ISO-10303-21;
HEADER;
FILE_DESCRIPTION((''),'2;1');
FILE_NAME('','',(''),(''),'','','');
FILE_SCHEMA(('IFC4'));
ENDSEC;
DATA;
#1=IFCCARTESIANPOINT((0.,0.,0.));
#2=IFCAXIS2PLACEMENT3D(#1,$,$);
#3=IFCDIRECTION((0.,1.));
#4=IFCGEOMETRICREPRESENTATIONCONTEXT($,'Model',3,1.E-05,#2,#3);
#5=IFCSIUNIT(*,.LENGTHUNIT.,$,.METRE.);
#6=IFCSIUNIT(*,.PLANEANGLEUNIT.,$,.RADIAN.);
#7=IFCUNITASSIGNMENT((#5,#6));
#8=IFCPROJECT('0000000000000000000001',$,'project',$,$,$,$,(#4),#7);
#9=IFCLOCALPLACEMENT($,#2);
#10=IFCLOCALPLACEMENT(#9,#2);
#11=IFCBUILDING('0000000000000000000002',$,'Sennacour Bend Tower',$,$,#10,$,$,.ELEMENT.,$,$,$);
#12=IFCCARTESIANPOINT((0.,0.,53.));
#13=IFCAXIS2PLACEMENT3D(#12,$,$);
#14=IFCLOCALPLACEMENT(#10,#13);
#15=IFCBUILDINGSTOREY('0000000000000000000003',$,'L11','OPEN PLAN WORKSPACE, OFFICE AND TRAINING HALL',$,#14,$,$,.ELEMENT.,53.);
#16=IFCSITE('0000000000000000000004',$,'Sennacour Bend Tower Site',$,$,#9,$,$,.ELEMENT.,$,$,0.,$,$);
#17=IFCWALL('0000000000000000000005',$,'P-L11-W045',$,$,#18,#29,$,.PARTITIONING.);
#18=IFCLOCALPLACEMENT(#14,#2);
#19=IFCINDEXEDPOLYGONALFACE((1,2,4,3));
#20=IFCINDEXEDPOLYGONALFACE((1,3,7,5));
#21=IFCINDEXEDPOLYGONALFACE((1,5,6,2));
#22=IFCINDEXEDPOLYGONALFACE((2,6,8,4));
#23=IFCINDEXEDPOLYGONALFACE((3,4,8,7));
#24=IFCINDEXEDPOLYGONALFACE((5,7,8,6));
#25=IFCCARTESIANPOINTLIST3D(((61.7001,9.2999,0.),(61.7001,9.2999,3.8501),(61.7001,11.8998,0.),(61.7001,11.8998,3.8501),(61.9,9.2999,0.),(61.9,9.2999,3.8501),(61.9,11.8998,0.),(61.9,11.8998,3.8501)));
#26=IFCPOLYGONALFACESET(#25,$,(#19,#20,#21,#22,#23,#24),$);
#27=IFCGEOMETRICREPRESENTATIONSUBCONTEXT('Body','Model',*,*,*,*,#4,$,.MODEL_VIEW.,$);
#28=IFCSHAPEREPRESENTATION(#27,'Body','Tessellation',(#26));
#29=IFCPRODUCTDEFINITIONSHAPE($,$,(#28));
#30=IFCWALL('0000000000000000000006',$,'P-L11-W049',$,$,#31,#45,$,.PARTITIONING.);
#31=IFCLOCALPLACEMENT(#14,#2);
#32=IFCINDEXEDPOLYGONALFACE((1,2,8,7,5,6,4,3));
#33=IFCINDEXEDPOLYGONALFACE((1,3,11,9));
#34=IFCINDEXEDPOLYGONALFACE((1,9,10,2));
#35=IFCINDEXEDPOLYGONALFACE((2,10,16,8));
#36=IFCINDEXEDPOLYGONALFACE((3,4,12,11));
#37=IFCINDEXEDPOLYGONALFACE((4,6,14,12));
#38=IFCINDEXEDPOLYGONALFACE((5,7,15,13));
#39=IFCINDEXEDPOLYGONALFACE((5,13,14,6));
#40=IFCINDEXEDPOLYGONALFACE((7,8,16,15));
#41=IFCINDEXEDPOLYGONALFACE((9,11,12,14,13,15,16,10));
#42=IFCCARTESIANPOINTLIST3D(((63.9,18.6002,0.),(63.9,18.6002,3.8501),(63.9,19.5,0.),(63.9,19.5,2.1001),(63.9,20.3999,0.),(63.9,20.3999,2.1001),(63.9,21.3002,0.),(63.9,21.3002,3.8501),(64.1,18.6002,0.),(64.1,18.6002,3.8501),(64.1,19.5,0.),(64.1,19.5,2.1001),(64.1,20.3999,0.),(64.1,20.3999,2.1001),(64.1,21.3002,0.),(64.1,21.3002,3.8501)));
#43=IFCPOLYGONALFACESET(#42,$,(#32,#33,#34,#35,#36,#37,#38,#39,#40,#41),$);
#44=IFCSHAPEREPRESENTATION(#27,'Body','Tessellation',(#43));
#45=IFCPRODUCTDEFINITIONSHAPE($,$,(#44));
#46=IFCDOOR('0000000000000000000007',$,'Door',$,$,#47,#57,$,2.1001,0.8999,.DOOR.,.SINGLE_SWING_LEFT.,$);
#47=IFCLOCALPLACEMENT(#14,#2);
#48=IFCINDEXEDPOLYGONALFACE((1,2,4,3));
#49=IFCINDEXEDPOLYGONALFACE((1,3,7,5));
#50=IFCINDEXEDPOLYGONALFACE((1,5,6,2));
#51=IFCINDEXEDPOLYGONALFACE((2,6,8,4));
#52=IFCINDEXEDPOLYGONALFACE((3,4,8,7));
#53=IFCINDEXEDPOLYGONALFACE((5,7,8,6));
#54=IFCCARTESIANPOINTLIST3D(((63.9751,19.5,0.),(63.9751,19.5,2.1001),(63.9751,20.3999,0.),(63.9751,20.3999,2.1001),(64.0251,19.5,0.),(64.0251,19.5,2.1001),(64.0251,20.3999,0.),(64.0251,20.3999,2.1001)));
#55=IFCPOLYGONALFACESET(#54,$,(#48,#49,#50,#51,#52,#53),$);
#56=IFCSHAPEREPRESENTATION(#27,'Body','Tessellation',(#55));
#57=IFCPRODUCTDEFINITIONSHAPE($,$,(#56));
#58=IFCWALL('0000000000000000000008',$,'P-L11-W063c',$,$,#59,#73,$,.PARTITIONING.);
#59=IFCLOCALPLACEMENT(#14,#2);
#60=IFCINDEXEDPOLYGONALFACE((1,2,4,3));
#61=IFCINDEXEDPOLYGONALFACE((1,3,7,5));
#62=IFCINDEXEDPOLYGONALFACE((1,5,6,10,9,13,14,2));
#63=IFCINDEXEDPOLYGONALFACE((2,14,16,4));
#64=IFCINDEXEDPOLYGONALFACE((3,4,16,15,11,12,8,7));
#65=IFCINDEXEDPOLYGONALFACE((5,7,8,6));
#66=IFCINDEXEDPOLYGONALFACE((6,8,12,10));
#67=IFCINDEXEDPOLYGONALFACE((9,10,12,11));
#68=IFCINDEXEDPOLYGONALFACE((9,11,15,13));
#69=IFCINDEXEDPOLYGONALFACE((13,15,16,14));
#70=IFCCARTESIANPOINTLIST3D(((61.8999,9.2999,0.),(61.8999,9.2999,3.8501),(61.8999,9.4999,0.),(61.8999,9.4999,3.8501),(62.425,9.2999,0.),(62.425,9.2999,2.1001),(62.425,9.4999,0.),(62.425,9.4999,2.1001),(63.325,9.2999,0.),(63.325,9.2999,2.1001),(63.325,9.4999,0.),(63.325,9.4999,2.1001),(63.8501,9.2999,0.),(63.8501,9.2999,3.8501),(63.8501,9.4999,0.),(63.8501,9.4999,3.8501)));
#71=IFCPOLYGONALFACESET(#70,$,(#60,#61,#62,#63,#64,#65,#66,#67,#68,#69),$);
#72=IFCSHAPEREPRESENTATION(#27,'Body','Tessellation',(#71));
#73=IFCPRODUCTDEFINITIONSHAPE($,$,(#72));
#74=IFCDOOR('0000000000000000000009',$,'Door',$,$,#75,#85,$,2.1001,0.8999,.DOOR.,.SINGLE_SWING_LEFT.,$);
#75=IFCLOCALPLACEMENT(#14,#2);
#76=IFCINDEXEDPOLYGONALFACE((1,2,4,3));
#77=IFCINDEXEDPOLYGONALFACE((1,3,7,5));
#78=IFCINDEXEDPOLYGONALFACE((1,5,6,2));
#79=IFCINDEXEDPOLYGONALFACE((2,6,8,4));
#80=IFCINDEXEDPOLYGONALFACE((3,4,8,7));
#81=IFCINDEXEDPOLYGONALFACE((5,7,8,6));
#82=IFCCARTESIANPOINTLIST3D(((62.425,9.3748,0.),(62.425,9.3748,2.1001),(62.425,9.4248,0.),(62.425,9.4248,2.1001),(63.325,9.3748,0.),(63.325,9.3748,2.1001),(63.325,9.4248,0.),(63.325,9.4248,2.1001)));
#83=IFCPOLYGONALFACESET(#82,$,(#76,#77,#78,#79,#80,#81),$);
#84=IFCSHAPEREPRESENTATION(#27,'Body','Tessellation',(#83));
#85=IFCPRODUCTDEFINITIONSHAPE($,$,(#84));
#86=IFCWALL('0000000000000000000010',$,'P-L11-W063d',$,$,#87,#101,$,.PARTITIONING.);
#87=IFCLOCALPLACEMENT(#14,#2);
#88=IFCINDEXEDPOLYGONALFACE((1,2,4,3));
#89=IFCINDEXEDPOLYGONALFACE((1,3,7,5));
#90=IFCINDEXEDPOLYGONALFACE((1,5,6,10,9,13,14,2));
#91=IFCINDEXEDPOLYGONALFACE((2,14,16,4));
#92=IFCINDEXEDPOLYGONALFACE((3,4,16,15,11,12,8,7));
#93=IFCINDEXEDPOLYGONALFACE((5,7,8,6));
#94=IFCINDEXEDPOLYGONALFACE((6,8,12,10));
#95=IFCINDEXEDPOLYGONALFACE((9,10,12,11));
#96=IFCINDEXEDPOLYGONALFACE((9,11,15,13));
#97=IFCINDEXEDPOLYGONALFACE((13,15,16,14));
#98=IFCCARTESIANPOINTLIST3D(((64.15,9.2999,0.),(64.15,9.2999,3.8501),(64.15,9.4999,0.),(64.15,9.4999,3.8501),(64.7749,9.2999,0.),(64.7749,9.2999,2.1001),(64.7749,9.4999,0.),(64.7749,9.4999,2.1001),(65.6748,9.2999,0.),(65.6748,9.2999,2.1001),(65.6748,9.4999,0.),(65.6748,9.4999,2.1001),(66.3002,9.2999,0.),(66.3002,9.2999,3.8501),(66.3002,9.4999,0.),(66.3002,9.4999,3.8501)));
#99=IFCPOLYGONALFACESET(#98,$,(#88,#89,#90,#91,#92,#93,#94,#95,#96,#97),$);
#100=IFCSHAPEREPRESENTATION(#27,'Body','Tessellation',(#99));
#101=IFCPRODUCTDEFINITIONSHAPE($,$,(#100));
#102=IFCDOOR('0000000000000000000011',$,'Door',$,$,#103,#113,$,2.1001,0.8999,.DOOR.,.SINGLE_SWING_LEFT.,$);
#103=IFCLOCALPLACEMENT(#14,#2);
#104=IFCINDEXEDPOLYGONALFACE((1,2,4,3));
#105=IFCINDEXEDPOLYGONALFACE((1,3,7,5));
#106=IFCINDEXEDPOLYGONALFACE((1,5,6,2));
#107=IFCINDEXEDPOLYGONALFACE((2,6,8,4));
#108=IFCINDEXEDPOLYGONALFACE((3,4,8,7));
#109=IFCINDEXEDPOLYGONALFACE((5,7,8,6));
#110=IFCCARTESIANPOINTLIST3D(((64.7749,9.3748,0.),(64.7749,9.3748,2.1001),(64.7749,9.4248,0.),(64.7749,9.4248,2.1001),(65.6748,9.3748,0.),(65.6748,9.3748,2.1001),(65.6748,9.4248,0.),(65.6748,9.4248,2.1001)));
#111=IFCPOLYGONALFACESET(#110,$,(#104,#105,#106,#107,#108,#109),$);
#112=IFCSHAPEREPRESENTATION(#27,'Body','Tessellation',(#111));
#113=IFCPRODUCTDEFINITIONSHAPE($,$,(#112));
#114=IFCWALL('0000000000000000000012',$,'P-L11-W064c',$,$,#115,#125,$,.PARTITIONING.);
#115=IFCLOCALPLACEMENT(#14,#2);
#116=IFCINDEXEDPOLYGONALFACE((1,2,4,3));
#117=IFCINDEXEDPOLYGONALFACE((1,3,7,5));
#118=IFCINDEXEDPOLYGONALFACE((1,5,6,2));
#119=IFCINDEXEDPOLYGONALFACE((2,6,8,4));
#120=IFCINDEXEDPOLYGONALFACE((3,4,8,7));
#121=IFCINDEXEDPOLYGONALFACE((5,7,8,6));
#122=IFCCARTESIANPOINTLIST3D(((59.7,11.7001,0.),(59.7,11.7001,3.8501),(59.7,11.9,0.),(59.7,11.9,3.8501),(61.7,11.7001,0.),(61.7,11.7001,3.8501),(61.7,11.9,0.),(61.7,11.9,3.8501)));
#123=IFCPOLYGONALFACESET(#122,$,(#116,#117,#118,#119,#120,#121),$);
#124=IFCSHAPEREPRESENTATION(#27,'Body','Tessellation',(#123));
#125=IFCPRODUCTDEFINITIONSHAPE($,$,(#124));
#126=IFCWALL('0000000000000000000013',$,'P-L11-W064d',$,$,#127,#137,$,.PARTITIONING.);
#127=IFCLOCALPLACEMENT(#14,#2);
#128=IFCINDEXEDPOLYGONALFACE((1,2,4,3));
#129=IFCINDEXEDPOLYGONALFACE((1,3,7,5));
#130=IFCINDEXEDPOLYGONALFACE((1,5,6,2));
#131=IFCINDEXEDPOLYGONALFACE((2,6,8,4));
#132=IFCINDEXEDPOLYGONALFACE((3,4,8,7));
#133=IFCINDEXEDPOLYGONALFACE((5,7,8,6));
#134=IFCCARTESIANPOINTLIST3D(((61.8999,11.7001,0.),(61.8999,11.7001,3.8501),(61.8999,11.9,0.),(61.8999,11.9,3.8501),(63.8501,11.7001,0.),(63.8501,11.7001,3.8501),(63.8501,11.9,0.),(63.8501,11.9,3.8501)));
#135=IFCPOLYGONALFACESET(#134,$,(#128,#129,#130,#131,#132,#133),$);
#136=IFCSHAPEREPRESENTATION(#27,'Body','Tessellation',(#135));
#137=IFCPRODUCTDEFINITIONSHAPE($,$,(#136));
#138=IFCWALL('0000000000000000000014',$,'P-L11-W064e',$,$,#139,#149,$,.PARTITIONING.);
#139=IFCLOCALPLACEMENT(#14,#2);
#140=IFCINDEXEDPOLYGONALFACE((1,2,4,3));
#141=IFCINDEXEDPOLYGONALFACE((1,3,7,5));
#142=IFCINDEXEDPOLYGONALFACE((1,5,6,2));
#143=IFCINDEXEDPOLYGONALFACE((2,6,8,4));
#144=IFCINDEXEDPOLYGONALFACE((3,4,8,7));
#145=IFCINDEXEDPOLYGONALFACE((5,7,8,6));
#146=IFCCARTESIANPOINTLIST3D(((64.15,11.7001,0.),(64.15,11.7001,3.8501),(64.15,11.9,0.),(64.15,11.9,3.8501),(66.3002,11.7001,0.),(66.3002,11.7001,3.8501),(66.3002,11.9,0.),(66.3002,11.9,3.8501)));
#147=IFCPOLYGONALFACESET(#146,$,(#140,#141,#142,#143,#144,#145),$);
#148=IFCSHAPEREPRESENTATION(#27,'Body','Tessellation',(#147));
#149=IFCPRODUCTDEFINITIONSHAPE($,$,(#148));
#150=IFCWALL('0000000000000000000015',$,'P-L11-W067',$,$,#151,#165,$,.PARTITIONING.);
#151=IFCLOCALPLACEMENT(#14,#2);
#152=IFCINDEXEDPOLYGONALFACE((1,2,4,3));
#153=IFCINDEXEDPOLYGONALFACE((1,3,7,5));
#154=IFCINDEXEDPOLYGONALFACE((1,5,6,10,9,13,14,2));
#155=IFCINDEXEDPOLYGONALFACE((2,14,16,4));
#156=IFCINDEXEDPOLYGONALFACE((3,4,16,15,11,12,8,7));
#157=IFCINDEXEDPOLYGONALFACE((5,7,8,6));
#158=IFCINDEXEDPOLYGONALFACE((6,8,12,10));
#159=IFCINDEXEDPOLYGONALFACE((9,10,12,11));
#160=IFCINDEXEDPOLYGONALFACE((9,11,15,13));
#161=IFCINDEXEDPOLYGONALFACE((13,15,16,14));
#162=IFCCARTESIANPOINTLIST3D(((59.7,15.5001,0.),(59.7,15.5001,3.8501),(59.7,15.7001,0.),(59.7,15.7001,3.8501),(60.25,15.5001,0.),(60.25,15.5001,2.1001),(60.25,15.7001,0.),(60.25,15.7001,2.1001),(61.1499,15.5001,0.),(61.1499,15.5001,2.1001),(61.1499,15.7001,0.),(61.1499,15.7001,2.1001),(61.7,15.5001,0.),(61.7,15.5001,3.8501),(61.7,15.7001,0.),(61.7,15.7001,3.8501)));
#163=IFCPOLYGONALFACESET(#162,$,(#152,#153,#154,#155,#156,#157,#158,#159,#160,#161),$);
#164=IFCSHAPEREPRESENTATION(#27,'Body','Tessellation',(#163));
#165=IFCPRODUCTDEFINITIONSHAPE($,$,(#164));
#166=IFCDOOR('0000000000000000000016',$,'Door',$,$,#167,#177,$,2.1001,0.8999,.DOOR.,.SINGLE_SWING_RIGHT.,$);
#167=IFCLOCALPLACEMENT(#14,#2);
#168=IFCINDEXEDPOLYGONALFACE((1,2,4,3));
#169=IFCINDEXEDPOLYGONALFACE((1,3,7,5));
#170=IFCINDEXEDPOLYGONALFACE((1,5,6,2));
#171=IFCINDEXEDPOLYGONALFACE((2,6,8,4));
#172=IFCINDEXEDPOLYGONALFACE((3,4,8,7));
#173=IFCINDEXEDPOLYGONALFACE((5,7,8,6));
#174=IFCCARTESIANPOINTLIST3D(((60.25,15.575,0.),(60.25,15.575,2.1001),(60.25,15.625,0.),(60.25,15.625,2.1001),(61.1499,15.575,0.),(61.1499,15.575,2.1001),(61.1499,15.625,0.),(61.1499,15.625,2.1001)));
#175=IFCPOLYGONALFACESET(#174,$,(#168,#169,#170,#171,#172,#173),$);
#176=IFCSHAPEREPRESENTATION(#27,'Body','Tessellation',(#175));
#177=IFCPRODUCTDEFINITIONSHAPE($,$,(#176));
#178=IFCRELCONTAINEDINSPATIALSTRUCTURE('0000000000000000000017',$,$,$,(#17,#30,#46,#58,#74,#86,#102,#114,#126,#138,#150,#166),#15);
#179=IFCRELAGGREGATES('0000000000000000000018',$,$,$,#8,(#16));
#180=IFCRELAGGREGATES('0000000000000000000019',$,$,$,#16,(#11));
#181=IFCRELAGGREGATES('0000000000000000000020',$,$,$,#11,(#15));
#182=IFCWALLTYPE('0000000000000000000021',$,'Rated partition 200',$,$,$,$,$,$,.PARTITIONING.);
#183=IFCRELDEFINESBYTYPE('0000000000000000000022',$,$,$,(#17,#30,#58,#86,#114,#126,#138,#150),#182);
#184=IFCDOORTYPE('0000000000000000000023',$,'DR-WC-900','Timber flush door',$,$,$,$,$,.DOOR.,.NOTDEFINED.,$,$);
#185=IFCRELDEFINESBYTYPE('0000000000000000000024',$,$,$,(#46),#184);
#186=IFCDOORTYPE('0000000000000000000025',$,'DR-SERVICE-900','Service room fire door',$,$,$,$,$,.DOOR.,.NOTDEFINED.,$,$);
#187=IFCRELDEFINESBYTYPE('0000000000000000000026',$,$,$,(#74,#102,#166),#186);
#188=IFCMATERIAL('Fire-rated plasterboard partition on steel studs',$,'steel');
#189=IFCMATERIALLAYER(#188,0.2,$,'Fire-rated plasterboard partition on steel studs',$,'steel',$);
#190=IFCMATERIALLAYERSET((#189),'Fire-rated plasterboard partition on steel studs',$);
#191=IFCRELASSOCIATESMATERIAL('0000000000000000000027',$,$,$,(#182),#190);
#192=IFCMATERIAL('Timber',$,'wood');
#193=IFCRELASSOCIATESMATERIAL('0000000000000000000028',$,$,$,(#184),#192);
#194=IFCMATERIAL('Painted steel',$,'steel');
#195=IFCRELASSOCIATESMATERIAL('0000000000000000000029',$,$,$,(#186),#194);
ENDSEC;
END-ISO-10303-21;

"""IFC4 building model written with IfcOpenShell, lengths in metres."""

from ifc_helpers import new_model, si_unit, direction, frame, frame_2d, origin, place, context, subcontext, project, spatial, rectangle, extrude, material, layer, layer_set, type_object, element, fill, save


model = new_model("IFC4")

# Units and contexts
model_context = context("Model", 3, precision=1e-05, world=origin(), true_north=direction((0.0, 1.0)))
body_context = subcontext(model_context, "Body", "Model", "MODEL_VIEW")
ifc_project = project(units=[si_unit("LENGTHUNIT", "METRE"), si_unit("PLANEANGLEUNIT", "RADIAN")], contexts=[model_context])

# Site, building, storey
site_placement = place(None, origin())
site = spatial("IfcSite", under=ifc_project, at=site_placement, Name="Sennacour Bend Tower Site", CompositionType="ELEMENT", RefElevation=0.0)
building_placement = place(site_placement, origin())
building = spatial("IfcBuilding", under=site, at=building_placement, Name="Sennacour Bend Tower", CompositionType="ELEMENT")
storey_placement = place(building_placement, frame((0.0, 0.0, 53.0)))
storey = spatial("IfcBuildingStorey", under=building, at=storey_placement, Name="L11", Description="OPEN PLAN WORKSPACE, OFFICE AND TRAINING HALL", CompositionType="ELEMENT", Elevation=53.0)

# Wall
ifc_material_1 = material(Name="Fire-rated plasterboard partition on steel studs", Category="steel")
ifc_layer_1 = layer(ifc_material_1, 0.2, Name="Fire-rated plasterboard partition on steel studs", Category="steel")
ifc_layer_set_1 = layer_set([ifc_layer_1], Name="Fire-rated plasterboard partition on steel studs")
wall_type_1 = type_object("IfcWallType", Name="Rated partition 200", PredefinedType="PARTITIONING", material=ifc_layer_set_1)
wall_1_placement = place(storey_placement, frame((61.8, 9.3, 0.0), z_axis=(0.0, 0.0, 1.0), x_axis=(0.0, 1.0, 0.0)))
element("IfcWall", 1, at=wall_1_placement, inside=storey, type_object=wall_type_1, Name="P-L11-W045", PredefinedType="PARTITIONING", context=body_context, shape_type="SweptSolid", body=[
    extrude(rectangle(XDim=2.5999, YDim=0.2, at=frame_2d((1.2998, 0.0))), origin(), (0.0, 0.0, 1.0), 3.8501),
])

# Walls, openings, doors
wall_2_placement = place(storey_placement, frame((64.0, 18.6001, 0.0), z_axis=(0.0, 0.0, 1.0), x_axis=(0.0, 1.0, 0.0)))
wall_2 = element("IfcWall", 2, at=wall_2_placement, inside=storey, type_object=wall_type_1, Name="P-L11-W049", PredefinedType="PARTITIONING", context=body_context, shape_type="SweptSolid", body=[
    extrude(rectangle(XDim=2.7, YDim=0.2, at=frame_2d((1.3501, 0.0))), origin(), (0.0, 0.0, 1.0), 3.8501),
])
opening_1_placement = place(wall_2_placement, frame((0.8999, 0.0, 0.0)))
opening_1 = element("IfcOpeningElement", 3, at=opening_1_placement, cuts=wall_2, PredefinedType="OPENING", context=body_context, shape_type="SweptSolid", body=[
    extrude(rectangle(XDim=0.8999, YDim=2.1001, at=frame_2d((0.45, 1.05))), frame((0.0, 0.1099, 0.0), z_axis=(0.0, -1.0, 0.0), x_axis=(1.0, 0.0, 0.0)), (0.0, 0.0, 1.0), 0.22),
])
ifc_material_2 = material(Name="Timber", Category="wood")
door_type_1 = type_object("IfcDoorType", Name="DR-WC-900", Description="Timber flush door", OperationType="NOTDEFINED", PredefinedType="DOOR", material=ifc_material_2)
door_1_placement = place(opening_1_placement, origin())
door_1 = element("IfcDoor", 4, at=door_1_placement, inside=storey, type_object=door_type_1, Name="Door", OperationType="SINGLE_SWING_LEFT", OverallHeight=2.1001, OverallWidth=0.8999, PredefinedType="DOOR", context=body_context, shape_type="SweptSolid", body=[
    extrude(rectangle(XDim=0.8999, YDim=2.1001, at=frame_2d((0.45, 1.05))), frame((0.0, 0.0249, 0.0), z_axis=(0.0, -1.0, 0.0), x_axis=(1.0, 0.0, 0.0)), (0.0, 0.0, 1.0), 0.05),
])
fill(opening_1, door_1)
wall_3_placement = place(storey_placement, frame((61.8999, 9.3999, 0.0), z_axis=(0.0, 0.0, 1.0), x_axis=(1.0, 0.0, 0.0)))
wall_3 = element("IfcWall", 5, at=wall_3_placement, inside=storey, type_object=wall_type_1, Name="P-L11-W063c", PredefinedType="PARTITIONING", context=body_context, shape_type="SweptSolid", body=[
    extrude(rectangle(XDim=1.9502, YDim=0.2, at=frame_2d((0.9751, 0.0))), origin(), (0.0, 0.0, 1.0), 3.8501),
])
opening_2_placement = place(wall_3_placement, frame((0.5251, 0.0, 0.0)))
opening_2 = element("IfcOpeningElement", 6, at=opening_2_placement, cuts=wall_3, PredefinedType="OPENING", context=body_context, shape_type="SweptSolid", body=[
    extrude(rectangle(XDim=0.8999, YDim=2.1001, at=frame_2d((0.45, 1.05))), frame((0.0, 0.1099, 0.0), z_axis=(0.0, -1.0, 0.0), x_axis=(1.0, 0.0, 0.0)), (0.0, 0.0, 1.0), 0.22),
])
ifc_material_3 = material(Name="Painted steel", Category="steel")
door_type_2 = type_object("IfcDoorType", Name="DR-SERVICE-900", Description="Service room fire door", OperationType="NOTDEFINED", PredefinedType="DOOR", material=ifc_material_3)
door_2_placement = place(opening_2_placement, origin())
door_2 = element("IfcDoor", 7, at=door_2_placement, inside=storey, type_object=door_type_2, Name="Door", OperationType="SINGLE_SWING_LEFT", OverallHeight=2.1001, OverallWidth=0.8999, PredefinedType="DOOR", context=body_context, shape_type="SweptSolid", body=[
    extrude(rectangle(XDim=0.8999, YDim=2.1001, at=frame_2d((0.45, 1.05))), frame((0.0, 0.0249, 0.0), z_axis=(0.0, -1.0, 0.0), x_axis=(1.0, 0.0, 0.0)), (0.0, 0.0, 1.0), 0.05),
])
fill(opening_2, door_2)
wall_4_placement = place(storey_placement, frame((64.1499, 9.3999, 0.0), z_axis=(0.0, 0.0, 1.0), x_axis=(1.0, 0.0, 0.0)))
wall_4 = element("IfcWall", 8, at=wall_4_placement, inside=storey, type_object=wall_type_1, Name="P-L11-W063d", PredefinedType="PARTITIONING", context=body_context, shape_type="SweptSolid", body=[
    extrude(rectangle(XDim=2.1501, YDim=0.2, at=frame_2d((1.0752, 0.0))), origin(), (0.0, 0.0, 1.0), 3.8501),
])
opening_3_placement = place(wall_4_placement, frame((0.625, 0.0, 0.0)))
opening_3 = element("IfcOpeningElement", 9, at=opening_3_placement, cuts=wall_4, PredefinedType="OPENING", context=body_context, shape_type="SweptSolid", body=[
    extrude(rectangle(XDim=0.8999, YDim=2.1001, at=frame_2d((0.45, 1.05))), frame((0.0, 0.1099, 0.0), z_axis=(0.0, -1.0, 0.0), x_axis=(1.0, 0.0, 0.0)), (0.0, 0.0, 1.0), 0.22),
])
door_3_placement = place(opening_3_placement, origin())
door_3 = element("IfcDoor", 10, at=door_3_placement, inside=storey, type_object=door_type_2, Name="Door", OperationType="SINGLE_SWING_LEFT", OverallHeight=2.1001, OverallWidth=0.8999, PredefinedType="DOOR", context=body_context, shape_type="SweptSolid", body=[
    extrude(rectangle(XDim=0.8999, YDim=2.1001, at=frame_2d((0.45, 1.05))), frame((0.0, 0.0249, 0.0), z_axis=(0.0, -1.0, 0.0), x_axis=(1.0, 0.0, 0.0)), (0.0, 0.0, 1.0), 0.05),
])
fill(opening_3, door_3)

# Walls
wall_5_placement = place(storey_placement, frame((59.7, 11.8, 0.0), z_axis=(0.0, 0.0, 1.0), x_axis=(1.0, 0.0, 0.0)))
element("IfcWall", 11, at=wall_5_placement, inside=storey, type_object=wall_type_1, Name="P-L11-W064c", PredefinedType="PARTITIONING", context=body_context, shape_type="SweptSolid", body=[
    extrude(rectangle(XDim=2.0, YDim=0.2, at=frame_2d((1.0, 0.0))), origin(), (0.0, 0.0, 1.0), 3.8501),
])
wall_6_placement = place(storey_placement, frame((61.8999, 11.8, 0.0), z_axis=(0.0, 0.0, 1.0), x_axis=(1.0, 0.0, 0.0)))
element("IfcWall", 12, at=wall_6_placement, inside=storey, type_object=wall_type_1, Name="P-L11-W064d", PredefinedType="PARTITIONING", context=body_context, shape_type="SweptSolid", body=[
    extrude(rectangle(XDim=1.9502, YDim=0.2, at=frame_2d((0.9751, 0.0))), origin(), (0.0, 0.0, 1.0), 3.8501),
])
wall_7_placement = place(storey_placement, frame((64.1499, 11.8, 0.0), z_axis=(0.0, 0.0, 1.0), x_axis=(1.0, 0.0, 0.0)))
element("IfcWall", 13, at=wall_7_placement, inside=storey, type_object=wall_type_1, Name="P-L11-W064e", PredefinedType="PARTITIONING", context=body_context, shape_type="SweptSolid", body=[
    extrude(rectangle(XDim=2.1501, YDim=0.2, at=frame_2d((1.0752, 0.0))), origin(), (0.0, 0.0, 1.0), 3.8501),
])

# Wall, opening, door
wall_8_placement = place(storey_placement, frame((59.7, 15.6001, 0.0), z_axis=(0.0, 0.0, 1.0), x_axis=(1.0, 0.0, 0.0)))
wall_8 = element("IfcWall", 14, at=wall_8_placement, inside=storey, type_object=wall_type_1, Name="P-L11-W067", PredefinedType="PARTITIONING", context=body_context, shape_type="SweptSolid", body=[
    extrude(rectangle(XDim=2.0, YDim=0.2, at=frame_2d((1.0, 0.0))), origin(), (0.0, 0.0, 1.0), 3.8501),
])
opening_4_placement = place(wall_8_placement, frame((0.55, 0.0, 0.0)))
opening_4 = element("IfcOpeningElement", 15, at=opening_4_placement, cuts=wall_8, PredefinedType="OPENING", context=body_context, shape_type="SweptSolid", body=[
    extrude(rectangle(XDim=0.8999, YDim=2.1001, at=frame_2d((0.45, 1.05))), frame((0.0, 0.1099, 0.0), z_axis=(0.0, -1.0, 0.0), x_axis=(1.0, 0.0, 0.0)), (0.0, 0.0, 1.0), 0.22),
])
door_4_placement = place(opening_4_placement, origin())
door_4 = element("IfcDoor", 16, at=door_4_placement, inside=storey, type_object=door_type_2, Name="Door", OperationType="SINGLE_SWING_RIGHT", OverallHeight=2.1001, OverallWidth=0.8999, PredefinedType="DOOR", context=body_context, shape_type="SweptSolid", body=[
    extrude(rectangle(XDim=0.8999, YDim=2.1001, at=frame_2d((0.45, 1.05))), frame((0.0, 0.0249, 0.0), z_axis=(0.0, -1.0, 0.0), x_axis=(1.0, 0.0, 0.0)), (0.0, 0.0, 1.0), 0.05),
])
fill(opening_4, door_4)

save(model, "model.ifc")
